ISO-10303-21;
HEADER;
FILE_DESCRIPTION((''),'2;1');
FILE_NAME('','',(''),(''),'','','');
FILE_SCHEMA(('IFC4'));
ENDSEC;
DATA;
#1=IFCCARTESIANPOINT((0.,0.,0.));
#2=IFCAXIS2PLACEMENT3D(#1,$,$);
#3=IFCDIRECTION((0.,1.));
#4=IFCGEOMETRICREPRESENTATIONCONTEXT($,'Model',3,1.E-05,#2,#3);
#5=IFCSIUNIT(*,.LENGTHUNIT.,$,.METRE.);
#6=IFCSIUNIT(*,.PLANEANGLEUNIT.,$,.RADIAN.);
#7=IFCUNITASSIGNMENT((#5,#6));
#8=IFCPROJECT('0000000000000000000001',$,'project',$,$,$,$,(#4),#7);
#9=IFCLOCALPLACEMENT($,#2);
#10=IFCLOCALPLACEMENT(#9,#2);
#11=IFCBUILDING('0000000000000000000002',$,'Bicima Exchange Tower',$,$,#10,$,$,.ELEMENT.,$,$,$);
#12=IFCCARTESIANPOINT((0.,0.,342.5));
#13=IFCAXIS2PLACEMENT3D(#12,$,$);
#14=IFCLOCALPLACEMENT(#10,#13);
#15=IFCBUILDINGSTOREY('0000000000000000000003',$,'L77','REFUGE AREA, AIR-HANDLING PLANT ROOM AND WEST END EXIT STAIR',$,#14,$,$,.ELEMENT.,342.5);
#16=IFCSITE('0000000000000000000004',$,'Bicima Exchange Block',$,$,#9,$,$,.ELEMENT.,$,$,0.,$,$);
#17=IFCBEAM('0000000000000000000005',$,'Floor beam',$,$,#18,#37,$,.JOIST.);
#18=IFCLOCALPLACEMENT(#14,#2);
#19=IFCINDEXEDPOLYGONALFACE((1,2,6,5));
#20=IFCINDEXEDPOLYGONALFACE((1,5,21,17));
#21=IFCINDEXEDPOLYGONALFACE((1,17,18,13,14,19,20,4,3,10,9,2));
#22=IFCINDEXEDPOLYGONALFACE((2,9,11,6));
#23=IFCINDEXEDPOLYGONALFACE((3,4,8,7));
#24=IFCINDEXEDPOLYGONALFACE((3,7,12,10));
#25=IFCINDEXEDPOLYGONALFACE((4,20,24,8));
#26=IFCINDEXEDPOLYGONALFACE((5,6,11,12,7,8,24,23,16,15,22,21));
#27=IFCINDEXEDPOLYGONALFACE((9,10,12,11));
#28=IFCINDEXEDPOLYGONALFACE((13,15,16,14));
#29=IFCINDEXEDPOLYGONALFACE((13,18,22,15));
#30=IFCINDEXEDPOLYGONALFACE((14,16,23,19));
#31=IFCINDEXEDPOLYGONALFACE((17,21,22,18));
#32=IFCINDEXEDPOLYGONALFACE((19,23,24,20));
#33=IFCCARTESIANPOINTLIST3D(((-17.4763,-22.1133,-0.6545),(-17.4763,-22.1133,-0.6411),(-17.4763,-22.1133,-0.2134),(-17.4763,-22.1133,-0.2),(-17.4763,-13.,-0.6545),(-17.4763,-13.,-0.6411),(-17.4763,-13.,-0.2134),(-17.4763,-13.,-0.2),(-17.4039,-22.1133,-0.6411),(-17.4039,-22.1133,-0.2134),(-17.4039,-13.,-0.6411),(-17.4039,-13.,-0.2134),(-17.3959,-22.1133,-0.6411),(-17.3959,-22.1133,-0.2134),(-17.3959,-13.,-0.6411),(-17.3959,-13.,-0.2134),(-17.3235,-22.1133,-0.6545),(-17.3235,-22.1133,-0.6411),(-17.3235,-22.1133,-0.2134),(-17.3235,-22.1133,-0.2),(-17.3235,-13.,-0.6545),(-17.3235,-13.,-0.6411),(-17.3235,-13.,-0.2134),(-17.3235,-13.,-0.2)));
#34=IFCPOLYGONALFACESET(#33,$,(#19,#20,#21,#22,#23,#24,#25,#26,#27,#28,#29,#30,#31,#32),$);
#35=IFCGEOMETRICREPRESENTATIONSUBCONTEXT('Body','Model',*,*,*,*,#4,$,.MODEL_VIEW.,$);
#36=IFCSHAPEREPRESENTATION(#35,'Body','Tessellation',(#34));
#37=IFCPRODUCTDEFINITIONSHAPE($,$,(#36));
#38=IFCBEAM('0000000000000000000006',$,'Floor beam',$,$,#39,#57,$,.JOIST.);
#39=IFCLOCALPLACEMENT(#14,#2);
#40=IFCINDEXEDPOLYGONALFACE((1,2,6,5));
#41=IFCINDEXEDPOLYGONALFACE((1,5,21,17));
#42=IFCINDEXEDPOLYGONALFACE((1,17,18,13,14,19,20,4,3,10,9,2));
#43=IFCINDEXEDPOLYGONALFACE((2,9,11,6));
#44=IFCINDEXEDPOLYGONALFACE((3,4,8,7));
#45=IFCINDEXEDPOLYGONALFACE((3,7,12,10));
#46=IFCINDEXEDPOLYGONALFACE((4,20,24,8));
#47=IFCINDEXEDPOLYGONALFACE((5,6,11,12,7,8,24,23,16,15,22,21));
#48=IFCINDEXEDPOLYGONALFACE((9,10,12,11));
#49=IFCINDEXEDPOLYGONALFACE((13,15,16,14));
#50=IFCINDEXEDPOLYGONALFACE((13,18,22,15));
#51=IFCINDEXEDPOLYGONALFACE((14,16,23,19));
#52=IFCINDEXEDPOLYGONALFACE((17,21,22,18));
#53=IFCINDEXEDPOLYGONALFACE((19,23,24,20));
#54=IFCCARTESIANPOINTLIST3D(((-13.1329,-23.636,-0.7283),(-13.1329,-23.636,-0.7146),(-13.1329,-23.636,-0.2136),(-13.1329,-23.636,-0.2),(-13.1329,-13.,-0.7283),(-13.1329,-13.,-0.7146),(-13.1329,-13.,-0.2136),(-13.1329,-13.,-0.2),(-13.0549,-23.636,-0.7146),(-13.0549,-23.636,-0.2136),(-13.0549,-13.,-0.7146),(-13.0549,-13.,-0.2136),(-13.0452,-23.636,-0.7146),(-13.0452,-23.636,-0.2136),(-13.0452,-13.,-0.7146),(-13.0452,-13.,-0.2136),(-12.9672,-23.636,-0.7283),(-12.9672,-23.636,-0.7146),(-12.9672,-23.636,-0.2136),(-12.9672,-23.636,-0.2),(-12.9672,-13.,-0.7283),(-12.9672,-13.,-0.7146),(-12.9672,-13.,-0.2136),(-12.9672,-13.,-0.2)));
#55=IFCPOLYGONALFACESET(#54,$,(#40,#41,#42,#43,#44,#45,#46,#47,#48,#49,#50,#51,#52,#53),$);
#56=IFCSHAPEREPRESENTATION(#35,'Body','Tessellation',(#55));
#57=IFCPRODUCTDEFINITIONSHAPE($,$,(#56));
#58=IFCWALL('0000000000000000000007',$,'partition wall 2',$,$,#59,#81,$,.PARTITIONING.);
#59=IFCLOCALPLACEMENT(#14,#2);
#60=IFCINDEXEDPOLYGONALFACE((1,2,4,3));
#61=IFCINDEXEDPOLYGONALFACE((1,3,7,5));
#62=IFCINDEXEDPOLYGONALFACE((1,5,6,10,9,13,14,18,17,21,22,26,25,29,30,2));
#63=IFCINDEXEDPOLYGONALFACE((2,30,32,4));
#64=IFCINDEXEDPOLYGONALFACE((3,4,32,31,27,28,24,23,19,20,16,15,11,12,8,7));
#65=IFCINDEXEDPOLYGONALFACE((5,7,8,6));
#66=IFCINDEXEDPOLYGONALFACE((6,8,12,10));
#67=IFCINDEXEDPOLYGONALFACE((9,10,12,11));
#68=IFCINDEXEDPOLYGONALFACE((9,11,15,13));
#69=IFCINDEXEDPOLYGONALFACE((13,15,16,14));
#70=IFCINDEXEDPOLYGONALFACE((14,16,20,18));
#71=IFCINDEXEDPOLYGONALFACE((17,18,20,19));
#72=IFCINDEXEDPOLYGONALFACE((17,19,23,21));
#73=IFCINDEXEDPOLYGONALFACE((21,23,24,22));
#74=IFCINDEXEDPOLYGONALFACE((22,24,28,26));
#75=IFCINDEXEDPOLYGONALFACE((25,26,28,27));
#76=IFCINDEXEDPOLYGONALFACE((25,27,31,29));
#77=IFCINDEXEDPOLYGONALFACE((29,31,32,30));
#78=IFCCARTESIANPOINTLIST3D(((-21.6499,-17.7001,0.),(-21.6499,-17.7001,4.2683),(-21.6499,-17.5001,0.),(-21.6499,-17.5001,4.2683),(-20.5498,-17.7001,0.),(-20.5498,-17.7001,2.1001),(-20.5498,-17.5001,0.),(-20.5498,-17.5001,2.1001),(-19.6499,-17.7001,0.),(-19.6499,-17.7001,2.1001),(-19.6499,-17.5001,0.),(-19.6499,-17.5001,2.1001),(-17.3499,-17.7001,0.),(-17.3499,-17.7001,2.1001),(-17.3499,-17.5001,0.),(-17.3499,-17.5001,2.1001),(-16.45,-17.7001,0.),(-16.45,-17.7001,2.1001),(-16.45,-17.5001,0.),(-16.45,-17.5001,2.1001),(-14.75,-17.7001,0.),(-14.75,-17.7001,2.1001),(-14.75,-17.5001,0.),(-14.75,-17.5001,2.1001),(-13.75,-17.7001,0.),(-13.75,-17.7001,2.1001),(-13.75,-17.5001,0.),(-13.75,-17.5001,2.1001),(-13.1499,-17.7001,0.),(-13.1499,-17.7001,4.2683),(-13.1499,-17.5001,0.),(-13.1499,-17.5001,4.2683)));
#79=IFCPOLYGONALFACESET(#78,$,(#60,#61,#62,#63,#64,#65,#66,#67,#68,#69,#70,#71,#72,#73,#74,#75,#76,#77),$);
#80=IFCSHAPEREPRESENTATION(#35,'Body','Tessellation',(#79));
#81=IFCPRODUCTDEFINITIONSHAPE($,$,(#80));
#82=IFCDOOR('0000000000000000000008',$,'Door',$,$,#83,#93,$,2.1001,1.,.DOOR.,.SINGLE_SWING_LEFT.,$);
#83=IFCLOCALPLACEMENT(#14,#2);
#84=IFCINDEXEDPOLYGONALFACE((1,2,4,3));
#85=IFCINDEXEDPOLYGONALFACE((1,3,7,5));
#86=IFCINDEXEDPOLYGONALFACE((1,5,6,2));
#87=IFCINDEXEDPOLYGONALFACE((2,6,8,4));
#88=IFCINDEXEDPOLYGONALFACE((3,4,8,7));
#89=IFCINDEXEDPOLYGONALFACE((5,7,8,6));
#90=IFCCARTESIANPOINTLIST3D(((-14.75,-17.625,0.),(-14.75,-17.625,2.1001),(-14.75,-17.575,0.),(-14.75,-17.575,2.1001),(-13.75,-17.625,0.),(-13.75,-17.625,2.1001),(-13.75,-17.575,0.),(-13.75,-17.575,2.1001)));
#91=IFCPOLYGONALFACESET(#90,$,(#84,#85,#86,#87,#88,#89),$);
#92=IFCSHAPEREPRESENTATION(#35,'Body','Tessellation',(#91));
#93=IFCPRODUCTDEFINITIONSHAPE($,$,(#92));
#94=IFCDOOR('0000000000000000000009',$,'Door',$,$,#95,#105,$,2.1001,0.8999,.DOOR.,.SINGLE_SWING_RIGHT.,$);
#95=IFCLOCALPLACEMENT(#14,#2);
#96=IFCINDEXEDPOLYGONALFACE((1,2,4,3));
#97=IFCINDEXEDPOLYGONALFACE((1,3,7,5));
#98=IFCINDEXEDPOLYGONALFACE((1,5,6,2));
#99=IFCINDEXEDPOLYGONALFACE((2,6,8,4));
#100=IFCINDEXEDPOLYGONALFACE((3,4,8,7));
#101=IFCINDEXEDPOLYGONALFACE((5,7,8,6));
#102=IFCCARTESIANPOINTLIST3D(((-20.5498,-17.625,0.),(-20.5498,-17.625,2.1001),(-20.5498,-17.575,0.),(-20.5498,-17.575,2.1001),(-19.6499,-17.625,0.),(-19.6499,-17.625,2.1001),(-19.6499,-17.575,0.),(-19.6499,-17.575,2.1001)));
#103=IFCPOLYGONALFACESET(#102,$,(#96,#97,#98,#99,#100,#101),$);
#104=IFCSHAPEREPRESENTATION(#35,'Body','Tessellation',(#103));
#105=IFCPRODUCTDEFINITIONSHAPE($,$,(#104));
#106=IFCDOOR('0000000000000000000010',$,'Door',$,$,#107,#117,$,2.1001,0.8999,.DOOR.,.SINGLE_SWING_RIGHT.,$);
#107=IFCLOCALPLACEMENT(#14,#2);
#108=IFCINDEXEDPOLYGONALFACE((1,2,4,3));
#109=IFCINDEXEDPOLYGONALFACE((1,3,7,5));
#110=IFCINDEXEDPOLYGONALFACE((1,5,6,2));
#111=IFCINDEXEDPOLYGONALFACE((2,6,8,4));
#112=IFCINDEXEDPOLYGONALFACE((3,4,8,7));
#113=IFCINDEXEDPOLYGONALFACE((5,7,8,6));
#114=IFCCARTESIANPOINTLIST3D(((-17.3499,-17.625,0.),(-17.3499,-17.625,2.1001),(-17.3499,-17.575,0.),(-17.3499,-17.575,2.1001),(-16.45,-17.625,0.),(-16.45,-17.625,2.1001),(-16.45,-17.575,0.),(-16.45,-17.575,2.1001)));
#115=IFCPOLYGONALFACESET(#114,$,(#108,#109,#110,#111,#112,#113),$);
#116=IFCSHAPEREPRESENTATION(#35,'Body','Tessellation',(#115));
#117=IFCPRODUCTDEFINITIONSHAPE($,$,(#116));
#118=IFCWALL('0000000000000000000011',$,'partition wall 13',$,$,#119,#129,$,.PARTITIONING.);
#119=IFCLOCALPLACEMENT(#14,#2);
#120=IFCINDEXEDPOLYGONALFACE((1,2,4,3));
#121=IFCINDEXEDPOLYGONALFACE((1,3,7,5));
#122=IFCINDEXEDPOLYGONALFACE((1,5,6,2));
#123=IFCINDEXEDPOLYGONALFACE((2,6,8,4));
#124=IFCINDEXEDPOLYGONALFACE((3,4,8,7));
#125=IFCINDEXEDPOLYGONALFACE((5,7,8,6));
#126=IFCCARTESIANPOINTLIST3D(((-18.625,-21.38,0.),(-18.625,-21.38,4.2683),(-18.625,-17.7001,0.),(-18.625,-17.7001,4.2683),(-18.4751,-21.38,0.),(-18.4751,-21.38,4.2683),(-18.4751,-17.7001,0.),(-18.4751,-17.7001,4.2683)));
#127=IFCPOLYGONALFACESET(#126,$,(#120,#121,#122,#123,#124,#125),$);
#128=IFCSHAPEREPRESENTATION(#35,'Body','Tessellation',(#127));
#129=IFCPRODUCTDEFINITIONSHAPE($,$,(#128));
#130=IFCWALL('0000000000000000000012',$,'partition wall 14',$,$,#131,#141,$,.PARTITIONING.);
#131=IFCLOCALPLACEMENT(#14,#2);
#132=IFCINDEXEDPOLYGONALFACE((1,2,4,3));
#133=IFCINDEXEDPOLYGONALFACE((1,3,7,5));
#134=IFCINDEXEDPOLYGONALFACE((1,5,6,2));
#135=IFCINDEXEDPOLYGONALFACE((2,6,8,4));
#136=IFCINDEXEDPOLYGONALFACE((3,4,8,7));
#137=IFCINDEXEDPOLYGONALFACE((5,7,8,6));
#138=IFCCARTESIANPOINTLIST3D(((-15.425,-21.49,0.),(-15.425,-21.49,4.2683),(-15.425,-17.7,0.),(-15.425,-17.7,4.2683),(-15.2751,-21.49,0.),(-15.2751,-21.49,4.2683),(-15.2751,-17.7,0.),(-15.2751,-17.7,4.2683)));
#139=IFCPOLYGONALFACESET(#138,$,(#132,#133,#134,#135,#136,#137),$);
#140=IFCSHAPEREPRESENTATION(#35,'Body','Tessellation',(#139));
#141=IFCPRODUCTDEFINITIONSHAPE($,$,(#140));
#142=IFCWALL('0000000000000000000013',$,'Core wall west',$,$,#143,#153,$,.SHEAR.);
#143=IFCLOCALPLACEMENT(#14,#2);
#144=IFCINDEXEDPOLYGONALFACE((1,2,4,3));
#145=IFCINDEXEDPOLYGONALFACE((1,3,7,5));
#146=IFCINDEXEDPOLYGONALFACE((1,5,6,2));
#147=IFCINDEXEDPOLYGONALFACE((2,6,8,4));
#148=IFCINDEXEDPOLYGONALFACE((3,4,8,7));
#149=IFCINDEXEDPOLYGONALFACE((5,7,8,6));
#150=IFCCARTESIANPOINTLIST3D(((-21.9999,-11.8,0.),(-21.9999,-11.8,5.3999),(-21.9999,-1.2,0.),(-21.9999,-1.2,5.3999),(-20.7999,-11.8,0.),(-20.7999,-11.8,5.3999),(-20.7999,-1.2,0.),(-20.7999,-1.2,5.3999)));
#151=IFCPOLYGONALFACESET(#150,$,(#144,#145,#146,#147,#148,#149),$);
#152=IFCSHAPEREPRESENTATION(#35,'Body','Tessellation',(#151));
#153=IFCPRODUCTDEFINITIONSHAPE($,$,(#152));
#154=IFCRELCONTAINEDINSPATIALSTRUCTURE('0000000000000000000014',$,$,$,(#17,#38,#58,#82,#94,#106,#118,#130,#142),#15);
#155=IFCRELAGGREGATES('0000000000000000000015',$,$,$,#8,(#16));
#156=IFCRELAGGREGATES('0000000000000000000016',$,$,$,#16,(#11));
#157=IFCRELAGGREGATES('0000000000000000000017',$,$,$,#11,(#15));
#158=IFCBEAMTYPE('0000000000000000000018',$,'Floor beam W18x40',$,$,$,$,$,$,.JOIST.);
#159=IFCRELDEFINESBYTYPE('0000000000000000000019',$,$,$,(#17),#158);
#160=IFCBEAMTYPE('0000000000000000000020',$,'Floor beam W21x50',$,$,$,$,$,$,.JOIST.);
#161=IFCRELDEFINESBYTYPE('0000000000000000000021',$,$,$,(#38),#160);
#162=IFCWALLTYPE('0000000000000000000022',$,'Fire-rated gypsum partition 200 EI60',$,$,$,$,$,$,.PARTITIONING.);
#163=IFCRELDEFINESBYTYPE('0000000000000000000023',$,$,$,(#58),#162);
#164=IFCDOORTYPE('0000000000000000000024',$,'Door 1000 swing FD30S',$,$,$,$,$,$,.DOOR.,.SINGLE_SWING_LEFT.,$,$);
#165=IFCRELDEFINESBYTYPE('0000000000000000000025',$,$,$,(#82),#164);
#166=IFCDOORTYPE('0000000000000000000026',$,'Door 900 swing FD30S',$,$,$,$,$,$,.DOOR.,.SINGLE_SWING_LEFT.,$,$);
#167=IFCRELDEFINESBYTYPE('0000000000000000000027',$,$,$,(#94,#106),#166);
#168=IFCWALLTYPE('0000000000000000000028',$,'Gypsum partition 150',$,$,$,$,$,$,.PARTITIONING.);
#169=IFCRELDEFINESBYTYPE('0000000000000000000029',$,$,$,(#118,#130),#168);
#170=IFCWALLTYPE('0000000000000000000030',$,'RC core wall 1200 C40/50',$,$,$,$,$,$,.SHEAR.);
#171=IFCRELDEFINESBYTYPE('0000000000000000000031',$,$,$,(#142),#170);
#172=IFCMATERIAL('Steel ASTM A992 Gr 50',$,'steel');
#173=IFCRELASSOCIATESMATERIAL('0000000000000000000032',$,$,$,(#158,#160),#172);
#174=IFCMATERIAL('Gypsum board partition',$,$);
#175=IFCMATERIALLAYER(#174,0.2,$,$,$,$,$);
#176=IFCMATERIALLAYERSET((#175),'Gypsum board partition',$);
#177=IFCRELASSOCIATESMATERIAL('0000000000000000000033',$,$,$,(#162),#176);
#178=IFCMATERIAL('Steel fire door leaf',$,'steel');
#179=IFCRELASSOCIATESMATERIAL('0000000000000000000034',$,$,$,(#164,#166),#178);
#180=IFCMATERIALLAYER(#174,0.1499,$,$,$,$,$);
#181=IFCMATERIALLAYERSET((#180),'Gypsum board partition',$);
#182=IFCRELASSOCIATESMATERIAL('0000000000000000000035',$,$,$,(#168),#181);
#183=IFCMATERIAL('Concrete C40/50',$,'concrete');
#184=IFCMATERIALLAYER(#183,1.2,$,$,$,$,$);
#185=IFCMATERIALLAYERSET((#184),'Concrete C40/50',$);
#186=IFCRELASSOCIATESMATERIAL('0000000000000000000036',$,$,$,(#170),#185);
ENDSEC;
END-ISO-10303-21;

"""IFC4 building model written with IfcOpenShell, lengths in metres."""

from ifc_helpers import new_model, si_unit, direction, frame, frame_2d, origin, origin_2d, place, context, subcontext, project, spatial, rectangle, i_section, extrude, material, layer, layer_set, material_profile, profile_set, type_object, element, fill, save


model = new_model("IFC4")

# Units and contexts
model_context = context("Model", 3, precision=1e-05, world=origin(), true_north=direction((0.0, 1.0)))
body_context = subcontext(model_context, "Body", "Model", "MODEL_VIEW")
ifc_project = project(units=[si_unit("LENGTHUNIT", "METRE"), si_unit("PLANEANGLEUNIT", "RADIAN")], contexts=[model_context])

# Site, building, storey
site_placement = place(None, origin())
site = spatial("IfcSite", under=ifc_project, at=site_placement, Name="Bicima Exchange Block", CompositionType="ELEMENT", RefElevation=0.0)
building_placement = place(site_placement, origin())
building = spatial("IfcBuilding", under=site, at=building_placement, Name="Bicima Exchange Tower", CompositionType="ELEMENT")
storey_placement = place(building_placement, frame((0.0, 0.0, 342.5)))
storey = spatial("IfcBuildingStorey", under=building, at=storey_placement, Name="L77", Description="REFUGE AREA, AIR-HANDLING PLANT ROOM AND WEST END EXIT STAIR", CompositionType="ELEMENT", Elevation=342.5)

# Beams
ifc_material_1 = material(Name="Steel ASTM A992 Gr 50", Category="steel")
ifc_material_profile_1 = material_profile(ifc_material_1, i_section(OverallWidth=0.1528, OverallDepth=0.4546, WebThickness=0.0081, FlangeThickness=0.0134, at=origin_2d()))
ifc_profile_set_1 = profile_set([ifc_material_profile_1], Name="Steel ASTM A992 Gr 50")
beam_type_1 = type_object("IfcBeamType", Name="Floor beam W18x40", PredefinedType="JOIST", material=ifc_profile_set_1)
beam_1_placement = place(storey_placement, frame((-17.3999, -13.0, -0.4272), z_axis=(0.0, -1.0, 0.0), x_axis=(1.0, 0.0, 0.0)))
element("IfcBeam", 1, at=beam_1_placement, inside=storey, type_object=beam_type_1, Name="Floor beam", PredefinedType="JOIST", context=body_context, shape_type="SweptSolid", body=[
    extrude(i_section(OverallWidth=0.1528, OverallDepth=0.4546, WebThickness=0.0081, FlangeThickness=0.0134, at=origin_2d()), origin(), (0.0, 0.0, 1.0), 9.1133),
])
ifc_material_profile_2 = material_profile(ifc_material_1, i_section(OverallWidth=0.1658, OverallDepth=0.5283, WebThickness=0.0098, FlangeThickness=0.0137, at=origin_2d()))
ifc_profile_set_2 = profile_set([ifc_material_profile_2], Name="Steel ASTM A992 Gr 50")
beam_type_2 = type_object("IfcBeamType", Name="Floor beam W21x50", PredefinedType="JOIST", material=ifc_profile_set_2)
beam_2_placement = place(storey_placement, frame((-13.05, -13.0, -0.4641), z_axis=(0.0, -1.0, 0.0), x_axis=(1.0, 0.0, 0.0)))
element("IfcBeam", 2, at=beam_2_placement, inside=storey, type_object=beam_type_2, Name="Floor beam", PredefinedType="JOIST", context=body_context, shape_type="SweptSolid", body=[
    extrude(i_section(OverallWidth=0.1658, OverallDepth=0.5283, WebThickness=0.0098, FlangeThickness=0.0137, at=origin_2d()), origin(), (0.0, 0.0, 1.0), 10.636),
])

# Wall, openings, doors
ifc_material_2 = material(Name="Gypsum board partition")
ifc_layer_1 = layer(ifc_material_2, 0.2)
ifc_layer_set_1 = layer_set([ifc_layer_1], Name="Gypsum board partition")
wall_type_1 = type_object("IfcWallType", Name="Fire-rated gypsum partition 200 EI60", PredefinedType="PARTITIONING", material=ifc_layer_set_1)
wall_1_placement = place(storey_placement, frame((-21.6499, -17.6001, 0.0), z_axis=(0.0, 0.0, 1.0), x_axis=(1.0, 0.0, 0.0)))
wall_1 = element("IfcWall", 3, at=wall_1_placement, inside=storey, type_object=wall_type_1, Name="partition wall 2", PredefinedType="PARTITIONING", context=body_context, shape_type="SweptSolid", body=[
    extrude(rectangle(XDim=8.5, YDim=0.2, at=frame_2d((4.25, 0.0))), origin(), (0.0, 0.0, 1.0), 4.2683),
])
opening_1_placement = place(wall_1_placement, frame((1.1001, 0.0, 0.0)))
opening_1 = element("IfcOpeningElement", 4, at=opening_1_placement, cuts=wall_1, PredefinedType="OPENING", context=body_context, shape_type="SweptSolid", body=[
    extrude(rectangle(XDim=0.8999, YDim=2.1001, at=frame_2d((0.45, 1.05))), frame((0.0, 0.1118, 0.0), z_axis=(0.0, -1.0, 0.0), x_axis=(1.0, 0.0, 0.0)), (0.0, 0.0, 1.0), 0.2239),
])
opening_2_placement = place(wall_1_placement, frame((4.3, 0.0, 0.0)))
opening_2 = element("IfcOpeningElement", 5, at=opening_2_placement, cuts=wall_1, PredefinedType="OPENING", context=body_context, shape_type="SweptSolid", body=[
    extrude(rectangle(XDim=0.8999, YDim=2.1001, at=frame_2d((0.45, 1.05))), frame((0.0, 0.1118, 0.0), z_axis=(0.0, -1.0, 0.0), x_axis=(1.0, 0.0, 0.0)), (0.0, 0.0, 1.0), 0.2239),
])
opening_3_placement = place(wall_1_placement, frame((6.8999, 0.0, 0.0)))
opening_3 = element("IfcOpeningElement", 6, at=opening_3_placement, cuts=wall_1, PredefinedType="OPENING", context=body_context, shape_type="SweptSolid", body=[
    extrude(rectangle(XDim=1.0, YDim=2.1001, at=frame_2d((0.5, 1.05))), frame((0.0, 0.1118, 0.0), z_axis=(0.0, -1.0, 0.0), x_axis=(1.0, 0.0, 0.0)), (0.0, 0.0, 1.0), 0.2239),
])
ifc_material_3 = material(Name="Steel fire door leaf", Category="steel")
door_type_1 = type_object("IfcDoorType", Name="Door 1000 swing FD30S", OperationType="SINGLE_SWING_LEFT", PredefinedType="DOOR", material=ifc_material_3)
door_1_placement = place(opening_3_placement, frame((1.0, 0.0, 0.0), z_axis=(0.0, 0.0, 1.0), x_axis=(-1.0, 0.0, 0.0)))
door_1 = element("IfcDoor", 7, at=door_1_placement, inside=storey, type_object=door_type_1, Name="Door", OperationType="SINGLE_SWING_LEFT", OverallHeight=2.1001, OverallWidth=1.0, PredefinedType="DOOR", context=body_context, shape_type="SweptSolid", body=[
    extrude(rectangle(XDim=1.0, YDim=2.1001, at=frame_2d((0.5, 1.05))), frame((0.0, 0.0249, 0.0), z_axis=(0.0, -1.0, 0.0), x_axis=(1.0, 0.0, 0.0)), (0.0, 0.0, 1.0), 0.05),
])
fill(opening_3, door_1)
door_type_2 = type_object("IfcDoorType", Name="Door 900 swing FD30S", OperationType="SINGLE_SWING_LEFT", PredefinedType="DOOR", material=ifc_material_3)
door_2_placement = place(opening_1_placement, frame((0.8999, 0.0, 0.0), z_axis=(0.0, 0.0, 1.0), x_axis=(-1.0, 0.0, 0.0)))
door_2 = element("IfcDoor", 8, at=door_2_placement, inside=storey, type_object=door_type_2, Name="Door", OperationType="SINGLE_SWING_RIGHT", OverallHeight=2.1001, OverallWidth=0.8999, PredefinedType="DOOR", context=body_context, shape_type="SweptSolid", body=[
    extrude(rectangle(XDim=0.8999, YDim=2.1001, at=frame_2d((0.45, 1.05))), frame((0.0, 0.0249, 0.0), z_axis=(0.0, -1.0, 0.0), x_axis=(1.0, 0.0, 0.0)), (0.0, 0.0, 1.0), 0.05),
])
fill(opening_1, door_2)
door_3_placement = place(opening_2_placement, frame((0.8999, 0.0, 0.0), z_axis=(0.0, 0.0, 1.0), x_axis=(-1.0, 0.0, 0.0)))
door_3 = element("IfcDoor", 9, at=door_3_placement, inside=storey, type_object=door_type_2, Name="Door", OperationType="SINGLE_SWING_RIGHT", OverallHeight=2.1001, OverallWidth=0.8999, PredefinedType="DOOR", context=body_context, shape_type="SweptSolid", body=[
    extrude(rectangle(XDim=0.8999, YDim=2.1001, at=frame_2d((0.45, 1.05))), frame((0.0, 0.0249, 0.0), z_axis=(0.0, -1.0, 0.0), x_axis=(1.0, 0.0, 0.0)), (0.0, 0.0, 1.0), 0.05),
])
fill(opening_2, door_3)

# Walls
ifc_layer_2 = layer(ifc_material_2, 0.1499)
ifc_layer_set_2 = layer_set([ifc_layer_2], Name="Gypsum board partition")
wall_type_2 = type_object("IfcWallType", Name="Gypsum partition 150", PredefinedType="PARTITIONING", material=ifc_layer_set_2)
wall_2_placement = place(storey_placement, frame((-18.55, -21.3799, 0.0), z_axis=(0.0, 0.0, 1.0), x_axis=(0.0, 1.0, 0.0)))
element("IfcWall", 10, at=wall_2_placement, inside=storey, type_object=wall_type_2, Name="partition wall 13", PredefinedType="PARTITIONING", context=body_context, shape_type="SweptSolid", body=[
    extrude(rectangle(XDim=3.6799, YDim=0.1499, at=frame_2d((1.8398, 0.0))), origin(), (0.0, 0.0, 1.0), 4.2683),
])
wall_3_placement = place(storey_placement, frame((-15.3501, -21.49, 0.0), z_axis=(0.0, 0.0, 1.0), x_axis=(0.0, 1.0, 0.0)))
element("IfcWall", 11, at=wall_3_placement, inside=storey, type_object=wall_type_2, Name="partition wall 14", PredefinedType="PARTITIONING", context=body_context, shape_type="SweptSolid", body=[
    extrude(rectangle(XDim=3.79, YDim=0.1499, at=frame_2d((1.895, 0.0))), origin(), (0.0, 0.0, 1.0), 4.2683),
])
ifc_material_4 = material(Name="Concrete C40/50", Category="concrete")
ifc_layer_3 = layer(ifc_material_4, 1.2)
ifc_layer_set_3 = layer_set([ifc_layer_3], Name="Concrete C40/50")
wall_type_3 = type_object("IfcWallType", Name="RC core wall 1200 C40/50", PredefinedType="SHEAR", material=ifc_layer_set_3)
wall_4_placement = place(storey_placement, frame((-21.3999, -11.8, 0.0), z_axis=(0.0, 0.0, 1.0), x_axis=(0.0, 1.0, 0.0)))
element("IfcWall", 12, at=wall_4_placement, inside=storey, type_object=wall_type_3, Name="Core wall west", PredefinedType="SHEAR", context=body_context, shape_type="SweptSolid", body=[
    extrude(rectangle(XDim=10.6001, YDim=1.2, at=frame_2d((5.3, 0.0))), origin(), (0.0, 0.0, 1.0), 5.3999),
])

save(model, "model.ifc")
